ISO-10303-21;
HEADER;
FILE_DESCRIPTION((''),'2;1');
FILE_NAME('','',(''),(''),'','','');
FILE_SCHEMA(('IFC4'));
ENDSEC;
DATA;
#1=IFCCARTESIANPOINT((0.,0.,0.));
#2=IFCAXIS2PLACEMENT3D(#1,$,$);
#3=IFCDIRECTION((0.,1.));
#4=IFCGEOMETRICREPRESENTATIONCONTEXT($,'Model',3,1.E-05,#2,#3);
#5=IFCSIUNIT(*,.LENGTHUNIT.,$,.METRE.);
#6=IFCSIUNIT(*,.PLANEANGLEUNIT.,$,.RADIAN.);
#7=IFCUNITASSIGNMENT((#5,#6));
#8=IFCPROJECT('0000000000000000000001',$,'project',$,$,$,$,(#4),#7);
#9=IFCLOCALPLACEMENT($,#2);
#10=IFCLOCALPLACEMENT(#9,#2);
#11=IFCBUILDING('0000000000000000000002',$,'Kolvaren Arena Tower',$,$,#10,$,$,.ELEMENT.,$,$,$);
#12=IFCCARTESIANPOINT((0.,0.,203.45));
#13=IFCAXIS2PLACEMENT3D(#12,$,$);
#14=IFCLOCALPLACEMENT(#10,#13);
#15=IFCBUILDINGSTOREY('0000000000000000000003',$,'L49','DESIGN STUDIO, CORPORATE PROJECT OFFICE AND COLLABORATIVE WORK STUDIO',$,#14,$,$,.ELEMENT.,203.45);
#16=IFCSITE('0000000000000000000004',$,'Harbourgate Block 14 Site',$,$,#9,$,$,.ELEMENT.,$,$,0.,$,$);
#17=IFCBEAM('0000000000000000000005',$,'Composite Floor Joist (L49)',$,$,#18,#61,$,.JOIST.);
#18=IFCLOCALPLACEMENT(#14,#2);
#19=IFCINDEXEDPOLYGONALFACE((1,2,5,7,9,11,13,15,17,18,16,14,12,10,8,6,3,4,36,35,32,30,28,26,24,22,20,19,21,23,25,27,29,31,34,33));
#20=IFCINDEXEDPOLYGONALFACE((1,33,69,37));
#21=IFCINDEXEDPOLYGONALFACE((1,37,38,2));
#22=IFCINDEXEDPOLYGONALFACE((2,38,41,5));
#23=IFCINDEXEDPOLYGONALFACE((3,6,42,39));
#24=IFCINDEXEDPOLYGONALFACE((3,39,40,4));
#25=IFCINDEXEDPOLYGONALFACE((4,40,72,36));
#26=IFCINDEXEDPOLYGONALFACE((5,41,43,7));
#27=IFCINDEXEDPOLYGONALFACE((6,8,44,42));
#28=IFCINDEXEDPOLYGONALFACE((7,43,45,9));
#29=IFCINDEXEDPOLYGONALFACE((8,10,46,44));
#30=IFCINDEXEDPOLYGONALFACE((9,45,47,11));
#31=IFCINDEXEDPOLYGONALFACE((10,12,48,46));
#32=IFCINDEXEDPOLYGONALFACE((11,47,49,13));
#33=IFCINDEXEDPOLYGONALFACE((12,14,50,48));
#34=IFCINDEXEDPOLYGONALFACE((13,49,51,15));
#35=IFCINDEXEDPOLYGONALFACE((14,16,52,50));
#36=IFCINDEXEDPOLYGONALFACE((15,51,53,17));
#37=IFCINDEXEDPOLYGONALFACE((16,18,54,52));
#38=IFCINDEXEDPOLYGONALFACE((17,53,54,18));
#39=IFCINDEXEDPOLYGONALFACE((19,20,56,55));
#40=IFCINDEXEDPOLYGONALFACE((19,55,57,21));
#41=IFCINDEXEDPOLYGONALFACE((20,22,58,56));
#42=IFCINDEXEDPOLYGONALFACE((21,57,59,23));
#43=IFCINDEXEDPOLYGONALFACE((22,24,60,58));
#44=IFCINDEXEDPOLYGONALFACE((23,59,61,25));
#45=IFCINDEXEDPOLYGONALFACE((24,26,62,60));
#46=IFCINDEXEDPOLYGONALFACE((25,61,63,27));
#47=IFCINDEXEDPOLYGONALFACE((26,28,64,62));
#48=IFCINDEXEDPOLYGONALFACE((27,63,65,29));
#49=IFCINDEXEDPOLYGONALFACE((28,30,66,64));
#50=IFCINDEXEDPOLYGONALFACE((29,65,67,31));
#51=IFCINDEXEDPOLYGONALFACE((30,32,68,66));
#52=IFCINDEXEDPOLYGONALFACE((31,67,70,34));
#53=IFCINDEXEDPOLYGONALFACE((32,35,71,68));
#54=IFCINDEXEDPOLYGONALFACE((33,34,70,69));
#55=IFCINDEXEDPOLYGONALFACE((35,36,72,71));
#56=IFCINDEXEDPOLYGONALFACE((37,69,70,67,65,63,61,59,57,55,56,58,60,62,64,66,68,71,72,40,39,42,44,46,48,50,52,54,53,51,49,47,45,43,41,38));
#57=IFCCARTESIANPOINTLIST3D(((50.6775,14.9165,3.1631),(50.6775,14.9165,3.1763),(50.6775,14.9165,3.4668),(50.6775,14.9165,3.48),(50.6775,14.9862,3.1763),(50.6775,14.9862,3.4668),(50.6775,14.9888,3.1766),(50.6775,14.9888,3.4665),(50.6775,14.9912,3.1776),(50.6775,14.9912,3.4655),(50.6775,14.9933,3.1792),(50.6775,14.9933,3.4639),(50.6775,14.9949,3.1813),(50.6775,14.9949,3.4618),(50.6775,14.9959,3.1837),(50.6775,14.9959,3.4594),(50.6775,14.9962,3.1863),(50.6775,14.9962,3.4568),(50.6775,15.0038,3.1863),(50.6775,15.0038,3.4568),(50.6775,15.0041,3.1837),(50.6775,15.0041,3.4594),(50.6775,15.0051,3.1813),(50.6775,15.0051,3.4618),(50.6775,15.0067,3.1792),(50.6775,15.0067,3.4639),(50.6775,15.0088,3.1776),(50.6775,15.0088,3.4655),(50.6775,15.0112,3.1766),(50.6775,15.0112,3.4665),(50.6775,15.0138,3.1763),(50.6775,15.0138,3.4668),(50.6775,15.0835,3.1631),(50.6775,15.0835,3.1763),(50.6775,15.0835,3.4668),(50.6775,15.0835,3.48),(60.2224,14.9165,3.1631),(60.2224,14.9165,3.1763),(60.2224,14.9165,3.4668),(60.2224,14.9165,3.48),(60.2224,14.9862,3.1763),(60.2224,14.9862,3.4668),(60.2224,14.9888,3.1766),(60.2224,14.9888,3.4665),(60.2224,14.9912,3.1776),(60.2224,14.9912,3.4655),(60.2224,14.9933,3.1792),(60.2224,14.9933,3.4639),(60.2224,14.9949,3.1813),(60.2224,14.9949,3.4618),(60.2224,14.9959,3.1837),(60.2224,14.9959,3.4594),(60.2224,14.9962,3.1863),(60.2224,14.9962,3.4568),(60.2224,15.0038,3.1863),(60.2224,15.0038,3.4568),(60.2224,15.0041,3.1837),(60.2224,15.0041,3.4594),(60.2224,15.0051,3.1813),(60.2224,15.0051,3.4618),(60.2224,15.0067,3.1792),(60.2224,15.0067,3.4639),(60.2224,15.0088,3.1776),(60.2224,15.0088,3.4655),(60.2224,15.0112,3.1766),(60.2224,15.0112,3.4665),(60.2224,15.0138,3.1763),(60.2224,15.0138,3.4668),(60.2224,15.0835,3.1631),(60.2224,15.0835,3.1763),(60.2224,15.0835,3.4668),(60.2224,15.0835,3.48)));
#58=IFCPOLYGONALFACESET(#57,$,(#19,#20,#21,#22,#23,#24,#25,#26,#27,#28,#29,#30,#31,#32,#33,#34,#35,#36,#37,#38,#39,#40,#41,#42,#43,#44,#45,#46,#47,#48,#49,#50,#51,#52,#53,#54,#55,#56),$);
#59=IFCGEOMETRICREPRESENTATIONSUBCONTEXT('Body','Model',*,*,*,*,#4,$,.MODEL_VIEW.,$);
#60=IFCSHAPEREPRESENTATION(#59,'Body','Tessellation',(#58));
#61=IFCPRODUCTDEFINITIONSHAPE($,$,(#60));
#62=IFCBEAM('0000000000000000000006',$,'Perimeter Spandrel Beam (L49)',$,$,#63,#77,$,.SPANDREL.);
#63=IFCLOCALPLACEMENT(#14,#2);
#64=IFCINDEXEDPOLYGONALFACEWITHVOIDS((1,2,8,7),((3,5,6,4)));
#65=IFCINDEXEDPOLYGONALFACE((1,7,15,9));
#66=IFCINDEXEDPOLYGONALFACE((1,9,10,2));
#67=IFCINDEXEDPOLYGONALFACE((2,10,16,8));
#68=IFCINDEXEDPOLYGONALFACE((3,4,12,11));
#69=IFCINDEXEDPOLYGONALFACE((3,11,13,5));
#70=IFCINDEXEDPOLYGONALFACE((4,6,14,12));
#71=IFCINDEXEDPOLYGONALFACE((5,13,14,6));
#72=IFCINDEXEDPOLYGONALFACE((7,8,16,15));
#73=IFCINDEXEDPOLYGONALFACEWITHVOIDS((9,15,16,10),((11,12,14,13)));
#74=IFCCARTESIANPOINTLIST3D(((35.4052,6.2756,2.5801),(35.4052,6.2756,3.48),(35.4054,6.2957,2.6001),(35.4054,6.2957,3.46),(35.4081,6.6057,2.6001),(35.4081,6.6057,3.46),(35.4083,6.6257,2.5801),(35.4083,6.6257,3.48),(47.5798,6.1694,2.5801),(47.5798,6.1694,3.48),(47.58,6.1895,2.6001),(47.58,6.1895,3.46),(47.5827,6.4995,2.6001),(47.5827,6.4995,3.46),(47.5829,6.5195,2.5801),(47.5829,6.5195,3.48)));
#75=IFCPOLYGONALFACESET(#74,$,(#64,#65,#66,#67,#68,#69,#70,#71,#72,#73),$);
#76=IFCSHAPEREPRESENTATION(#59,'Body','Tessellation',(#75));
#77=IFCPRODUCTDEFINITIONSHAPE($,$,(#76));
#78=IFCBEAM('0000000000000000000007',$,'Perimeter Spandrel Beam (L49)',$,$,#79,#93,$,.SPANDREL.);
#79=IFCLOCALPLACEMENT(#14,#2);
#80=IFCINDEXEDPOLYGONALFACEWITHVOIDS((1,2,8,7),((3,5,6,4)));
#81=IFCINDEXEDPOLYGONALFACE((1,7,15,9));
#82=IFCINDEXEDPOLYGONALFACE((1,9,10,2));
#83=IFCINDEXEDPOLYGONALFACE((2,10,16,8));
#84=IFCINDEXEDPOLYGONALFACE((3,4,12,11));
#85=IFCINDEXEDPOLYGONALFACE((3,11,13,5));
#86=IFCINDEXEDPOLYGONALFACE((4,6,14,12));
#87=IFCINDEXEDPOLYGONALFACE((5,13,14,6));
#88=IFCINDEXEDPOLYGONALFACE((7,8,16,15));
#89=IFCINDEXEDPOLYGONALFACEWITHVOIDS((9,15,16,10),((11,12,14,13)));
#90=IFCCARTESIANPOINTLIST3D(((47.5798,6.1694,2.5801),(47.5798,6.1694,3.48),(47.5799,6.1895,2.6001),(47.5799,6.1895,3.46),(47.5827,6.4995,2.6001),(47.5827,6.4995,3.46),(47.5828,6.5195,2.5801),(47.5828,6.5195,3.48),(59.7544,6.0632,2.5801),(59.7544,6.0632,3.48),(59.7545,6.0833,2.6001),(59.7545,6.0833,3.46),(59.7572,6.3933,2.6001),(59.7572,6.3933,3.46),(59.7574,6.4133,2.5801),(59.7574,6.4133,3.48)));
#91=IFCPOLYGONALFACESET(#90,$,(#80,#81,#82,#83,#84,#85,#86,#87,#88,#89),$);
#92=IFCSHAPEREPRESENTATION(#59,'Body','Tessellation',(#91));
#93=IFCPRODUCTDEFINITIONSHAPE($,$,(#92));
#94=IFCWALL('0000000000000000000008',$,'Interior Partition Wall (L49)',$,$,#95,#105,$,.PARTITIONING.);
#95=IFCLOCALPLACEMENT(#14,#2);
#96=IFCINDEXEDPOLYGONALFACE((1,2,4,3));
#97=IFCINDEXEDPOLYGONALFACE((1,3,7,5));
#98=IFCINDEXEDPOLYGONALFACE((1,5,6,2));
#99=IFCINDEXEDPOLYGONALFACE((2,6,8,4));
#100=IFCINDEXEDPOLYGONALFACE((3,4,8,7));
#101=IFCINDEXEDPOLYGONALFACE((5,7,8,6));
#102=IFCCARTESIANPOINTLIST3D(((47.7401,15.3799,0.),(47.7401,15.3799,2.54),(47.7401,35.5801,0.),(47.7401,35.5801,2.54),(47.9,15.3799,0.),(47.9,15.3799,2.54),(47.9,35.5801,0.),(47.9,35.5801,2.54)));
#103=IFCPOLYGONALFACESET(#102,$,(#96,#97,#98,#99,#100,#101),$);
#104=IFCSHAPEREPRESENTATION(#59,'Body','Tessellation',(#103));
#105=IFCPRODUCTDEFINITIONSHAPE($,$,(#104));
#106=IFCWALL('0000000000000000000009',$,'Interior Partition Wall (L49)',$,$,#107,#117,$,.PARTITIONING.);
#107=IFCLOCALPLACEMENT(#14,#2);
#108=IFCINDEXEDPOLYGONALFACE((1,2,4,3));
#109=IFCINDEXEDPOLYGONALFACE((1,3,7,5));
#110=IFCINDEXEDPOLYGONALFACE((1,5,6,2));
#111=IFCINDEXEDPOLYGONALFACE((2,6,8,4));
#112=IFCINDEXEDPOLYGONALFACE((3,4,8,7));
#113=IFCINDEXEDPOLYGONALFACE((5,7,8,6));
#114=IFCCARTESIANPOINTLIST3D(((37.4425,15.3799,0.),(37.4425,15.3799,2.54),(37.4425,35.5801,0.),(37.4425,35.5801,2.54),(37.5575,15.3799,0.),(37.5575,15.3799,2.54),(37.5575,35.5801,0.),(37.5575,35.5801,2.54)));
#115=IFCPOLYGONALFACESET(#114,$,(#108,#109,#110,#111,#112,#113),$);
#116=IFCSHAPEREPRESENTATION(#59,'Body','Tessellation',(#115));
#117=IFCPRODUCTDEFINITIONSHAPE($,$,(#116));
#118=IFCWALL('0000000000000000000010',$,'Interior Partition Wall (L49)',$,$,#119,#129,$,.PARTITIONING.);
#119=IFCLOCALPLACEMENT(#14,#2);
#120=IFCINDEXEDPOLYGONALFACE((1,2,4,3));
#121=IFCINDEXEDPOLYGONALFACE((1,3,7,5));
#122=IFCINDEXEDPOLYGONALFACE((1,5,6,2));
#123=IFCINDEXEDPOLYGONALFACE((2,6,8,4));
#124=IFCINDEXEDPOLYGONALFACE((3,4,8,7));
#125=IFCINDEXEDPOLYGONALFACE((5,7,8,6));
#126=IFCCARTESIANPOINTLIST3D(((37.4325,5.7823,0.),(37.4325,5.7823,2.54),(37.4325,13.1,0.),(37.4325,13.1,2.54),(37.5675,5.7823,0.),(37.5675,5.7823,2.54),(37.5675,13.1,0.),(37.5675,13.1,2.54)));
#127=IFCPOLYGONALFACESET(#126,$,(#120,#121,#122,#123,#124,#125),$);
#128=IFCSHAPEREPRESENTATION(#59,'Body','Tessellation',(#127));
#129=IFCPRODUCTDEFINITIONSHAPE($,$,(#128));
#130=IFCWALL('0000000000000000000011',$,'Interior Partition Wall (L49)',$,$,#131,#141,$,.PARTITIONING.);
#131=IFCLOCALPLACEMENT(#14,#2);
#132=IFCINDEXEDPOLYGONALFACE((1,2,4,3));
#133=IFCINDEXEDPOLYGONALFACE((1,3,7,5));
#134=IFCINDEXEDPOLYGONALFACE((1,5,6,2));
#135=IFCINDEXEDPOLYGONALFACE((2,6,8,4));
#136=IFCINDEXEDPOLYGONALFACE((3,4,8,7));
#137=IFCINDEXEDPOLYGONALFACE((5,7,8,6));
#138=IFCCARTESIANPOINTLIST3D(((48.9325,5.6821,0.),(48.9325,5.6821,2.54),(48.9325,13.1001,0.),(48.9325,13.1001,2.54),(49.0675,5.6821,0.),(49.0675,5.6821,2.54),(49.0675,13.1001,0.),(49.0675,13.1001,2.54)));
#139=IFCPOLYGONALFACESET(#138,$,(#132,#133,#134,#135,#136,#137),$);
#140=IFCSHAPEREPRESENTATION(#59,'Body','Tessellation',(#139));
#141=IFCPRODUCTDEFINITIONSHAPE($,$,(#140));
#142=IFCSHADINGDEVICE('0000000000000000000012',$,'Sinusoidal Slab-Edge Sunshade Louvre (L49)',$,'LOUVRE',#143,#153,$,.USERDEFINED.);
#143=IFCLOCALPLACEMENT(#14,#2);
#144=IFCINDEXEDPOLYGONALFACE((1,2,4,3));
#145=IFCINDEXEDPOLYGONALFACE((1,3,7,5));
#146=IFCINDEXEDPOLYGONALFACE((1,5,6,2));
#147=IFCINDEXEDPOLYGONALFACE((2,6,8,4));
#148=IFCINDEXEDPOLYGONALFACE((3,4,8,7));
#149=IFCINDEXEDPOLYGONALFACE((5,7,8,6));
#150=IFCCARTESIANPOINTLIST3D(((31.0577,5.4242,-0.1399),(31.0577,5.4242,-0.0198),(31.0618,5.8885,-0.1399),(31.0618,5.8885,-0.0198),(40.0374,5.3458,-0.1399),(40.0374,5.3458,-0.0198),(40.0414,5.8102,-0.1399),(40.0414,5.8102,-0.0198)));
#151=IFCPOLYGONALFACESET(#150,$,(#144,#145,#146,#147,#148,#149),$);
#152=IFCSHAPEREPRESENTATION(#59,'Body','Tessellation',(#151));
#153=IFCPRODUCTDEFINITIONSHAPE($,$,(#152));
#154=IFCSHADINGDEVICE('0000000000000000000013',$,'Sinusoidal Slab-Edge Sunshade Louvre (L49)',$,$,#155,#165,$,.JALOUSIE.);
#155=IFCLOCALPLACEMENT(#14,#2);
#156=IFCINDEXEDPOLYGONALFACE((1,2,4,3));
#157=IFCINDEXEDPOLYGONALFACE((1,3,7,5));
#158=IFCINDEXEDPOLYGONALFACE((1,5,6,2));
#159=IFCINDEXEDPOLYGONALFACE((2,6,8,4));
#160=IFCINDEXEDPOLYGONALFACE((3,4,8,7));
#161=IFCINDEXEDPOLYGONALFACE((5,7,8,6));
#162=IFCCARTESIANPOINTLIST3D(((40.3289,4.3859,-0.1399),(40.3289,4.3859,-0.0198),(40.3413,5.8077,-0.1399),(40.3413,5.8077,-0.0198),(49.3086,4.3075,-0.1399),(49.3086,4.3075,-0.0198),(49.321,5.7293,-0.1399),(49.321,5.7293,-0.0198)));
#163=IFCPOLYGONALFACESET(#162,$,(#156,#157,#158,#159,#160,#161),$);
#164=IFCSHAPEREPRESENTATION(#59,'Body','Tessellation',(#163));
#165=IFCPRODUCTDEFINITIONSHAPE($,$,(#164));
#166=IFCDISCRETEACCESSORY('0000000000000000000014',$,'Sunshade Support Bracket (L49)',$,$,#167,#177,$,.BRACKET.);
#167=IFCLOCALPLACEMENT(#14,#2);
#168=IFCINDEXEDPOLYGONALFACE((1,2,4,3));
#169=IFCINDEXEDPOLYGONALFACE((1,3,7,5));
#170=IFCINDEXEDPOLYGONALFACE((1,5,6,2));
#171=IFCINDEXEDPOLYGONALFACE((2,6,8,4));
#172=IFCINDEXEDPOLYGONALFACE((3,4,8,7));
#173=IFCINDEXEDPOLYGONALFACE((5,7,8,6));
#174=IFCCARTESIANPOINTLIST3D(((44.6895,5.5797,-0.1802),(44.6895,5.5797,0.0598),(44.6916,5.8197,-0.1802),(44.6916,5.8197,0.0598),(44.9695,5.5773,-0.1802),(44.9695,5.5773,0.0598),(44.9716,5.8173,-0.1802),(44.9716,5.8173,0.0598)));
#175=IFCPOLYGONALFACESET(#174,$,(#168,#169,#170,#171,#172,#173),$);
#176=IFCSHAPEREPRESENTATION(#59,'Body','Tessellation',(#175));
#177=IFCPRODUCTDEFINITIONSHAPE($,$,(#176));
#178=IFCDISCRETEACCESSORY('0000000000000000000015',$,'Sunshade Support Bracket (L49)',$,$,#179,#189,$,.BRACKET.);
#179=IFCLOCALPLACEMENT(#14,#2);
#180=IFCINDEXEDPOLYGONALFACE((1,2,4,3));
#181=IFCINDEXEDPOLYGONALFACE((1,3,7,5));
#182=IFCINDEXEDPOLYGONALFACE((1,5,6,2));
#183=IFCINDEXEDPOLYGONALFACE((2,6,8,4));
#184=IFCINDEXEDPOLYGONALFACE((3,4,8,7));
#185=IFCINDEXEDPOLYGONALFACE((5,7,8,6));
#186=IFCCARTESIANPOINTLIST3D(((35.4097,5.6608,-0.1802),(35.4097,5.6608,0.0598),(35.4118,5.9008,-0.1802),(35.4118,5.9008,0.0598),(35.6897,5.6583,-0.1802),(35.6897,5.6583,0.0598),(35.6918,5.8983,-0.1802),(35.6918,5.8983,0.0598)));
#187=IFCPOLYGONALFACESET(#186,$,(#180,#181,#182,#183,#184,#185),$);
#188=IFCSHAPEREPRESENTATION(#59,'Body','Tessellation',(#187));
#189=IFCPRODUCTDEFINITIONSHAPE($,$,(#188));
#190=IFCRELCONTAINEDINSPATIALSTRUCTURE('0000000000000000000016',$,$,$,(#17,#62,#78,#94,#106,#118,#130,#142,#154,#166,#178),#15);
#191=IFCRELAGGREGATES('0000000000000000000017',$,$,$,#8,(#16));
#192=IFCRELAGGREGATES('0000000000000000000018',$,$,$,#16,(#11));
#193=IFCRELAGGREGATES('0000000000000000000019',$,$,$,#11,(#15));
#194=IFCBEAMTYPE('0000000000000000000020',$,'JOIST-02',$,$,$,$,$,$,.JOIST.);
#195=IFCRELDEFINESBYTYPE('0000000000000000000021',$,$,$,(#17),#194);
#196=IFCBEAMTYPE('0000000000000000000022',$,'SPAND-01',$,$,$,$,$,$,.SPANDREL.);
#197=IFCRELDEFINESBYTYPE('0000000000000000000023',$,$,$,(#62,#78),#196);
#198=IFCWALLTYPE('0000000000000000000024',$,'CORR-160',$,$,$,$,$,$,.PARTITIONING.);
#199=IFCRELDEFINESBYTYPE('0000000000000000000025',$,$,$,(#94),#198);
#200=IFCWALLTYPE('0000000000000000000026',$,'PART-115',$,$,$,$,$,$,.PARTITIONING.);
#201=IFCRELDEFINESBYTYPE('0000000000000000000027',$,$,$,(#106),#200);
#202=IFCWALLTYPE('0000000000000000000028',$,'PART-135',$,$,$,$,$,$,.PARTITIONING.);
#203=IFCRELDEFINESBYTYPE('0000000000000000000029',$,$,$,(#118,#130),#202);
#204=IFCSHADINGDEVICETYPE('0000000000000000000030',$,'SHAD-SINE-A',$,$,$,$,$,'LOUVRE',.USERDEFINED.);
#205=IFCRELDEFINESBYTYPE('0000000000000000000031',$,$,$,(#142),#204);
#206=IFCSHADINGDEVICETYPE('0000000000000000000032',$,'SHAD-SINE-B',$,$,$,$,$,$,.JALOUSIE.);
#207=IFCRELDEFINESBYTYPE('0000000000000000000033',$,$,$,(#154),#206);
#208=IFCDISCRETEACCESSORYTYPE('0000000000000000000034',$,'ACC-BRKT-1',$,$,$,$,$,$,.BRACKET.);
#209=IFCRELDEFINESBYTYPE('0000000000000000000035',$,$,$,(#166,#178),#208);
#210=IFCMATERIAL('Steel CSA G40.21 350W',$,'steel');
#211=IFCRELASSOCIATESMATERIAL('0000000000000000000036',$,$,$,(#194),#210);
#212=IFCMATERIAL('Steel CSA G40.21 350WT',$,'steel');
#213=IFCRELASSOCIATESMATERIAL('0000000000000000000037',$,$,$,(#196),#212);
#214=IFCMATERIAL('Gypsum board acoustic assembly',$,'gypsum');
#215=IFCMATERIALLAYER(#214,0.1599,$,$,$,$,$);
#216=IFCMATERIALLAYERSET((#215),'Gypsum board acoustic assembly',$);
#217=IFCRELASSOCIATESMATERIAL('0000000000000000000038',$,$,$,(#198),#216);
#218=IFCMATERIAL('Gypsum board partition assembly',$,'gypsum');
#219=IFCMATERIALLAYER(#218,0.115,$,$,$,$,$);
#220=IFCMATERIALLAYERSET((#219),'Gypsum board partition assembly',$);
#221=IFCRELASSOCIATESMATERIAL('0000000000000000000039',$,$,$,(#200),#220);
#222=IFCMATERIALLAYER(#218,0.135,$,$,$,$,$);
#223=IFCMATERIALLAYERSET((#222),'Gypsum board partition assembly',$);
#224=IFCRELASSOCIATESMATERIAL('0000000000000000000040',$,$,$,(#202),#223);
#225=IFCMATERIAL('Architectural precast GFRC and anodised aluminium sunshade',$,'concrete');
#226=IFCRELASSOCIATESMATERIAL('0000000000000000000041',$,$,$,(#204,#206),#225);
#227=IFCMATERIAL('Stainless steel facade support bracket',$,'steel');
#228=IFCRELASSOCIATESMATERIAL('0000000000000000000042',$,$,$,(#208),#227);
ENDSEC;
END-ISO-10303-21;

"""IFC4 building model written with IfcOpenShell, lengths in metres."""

from ifc_helpers import new_model, si_unit, direction, frame, frame_2d, origin, origin_2d, place, context, subcontext, project, spatial, rectangle, hollow_rectangle, i_section, extrude, material, layer, layer_set, material_profile, profile_set, type_object, element, save


model = new_model("IFC4")

# Units and contexts
model_context = context("Model", 3, precision=1e-05, world=origin(), true_north=direction((0.0, 1.0)))
body_context = subcontext(model_context, "Body", "Model", "MODEL_VIEW")
ifc_project = project(units=[si_unit("LENGTHUNIT", "METRE"), si_unit("PLANEANGLEUNIT", "RADIAN")], contexts=[model_context])

# Site, building, storey
site_placement = place(None, origin())
site = spatial("IfcSite", under=ifc_project, at=site_placement, Name="Harbourgate Block 14 Site", CompositionType="ELEMENT", RefElevation=0.0)
building_placement = place(site_placement, origin())
building = spatial("IfcBuilding", under=site, at=building_placement, Name="Kolvaren Arena Tower", CompositionType="ELEMENT")
storey_placement = place(building_placement, frame((0.0, 0.0, 203.45)))
storey = spatial("IfcBuildingStorey", under=building, at=storey_placement, Name="L49", Description="DESIGN STUDIO, CORPORATE PROJECT OFFICE AND COLLABORATIVE WORK STUDIO", CompositionType="ELEMENT", Elevation=203.45)

# Beams
ifc_material_1 = material(Name="Steel CSA G40.21 350W", Category="steel")
ifc_material_profile_1 = material_profile(ifc_material_1, i_section(OverallWidth=0.167, OverallDepth=0.3169, WebThickness=0.0076, FlangeThickness=0.0132, FilletRadius=0.01, at=origin_2d()), Name="W310x52")
ifc_profile_set_1 = profile_set([ifc_material_profile_1], Name="Steel CSA G40.21 350W")
beam_type_1 = type_object("IfcBeamType", Name="JOIST-02", PredefinedType="JOIST", material=ifc_profile_set_1)
beam_1_placement = place(storey_placement, frame((50.6775, 15.0, 3.3215), z_axis=(1.0, 0.0, 0.0), x_axis=(0.0, 1.0, 0.0)))
element("IfcBeam", 1, at=beam_1_placement, inside=storey, type_object=beam_type_1, Name="Composite Floor Joist (L49)", PredefinedType="JOIST", context=body_context, shape_type="SweptSolid", body=[
    extrude(i_section(OverallWidth=0.167, OverallDepth=0.3169, WebThickness=0.0076, FlangeThickness=0.0132, FilletRadius=0.01, at=origin_2d()), origin(), (0.0, 0.0, 1.0), 9.5449),
])
ifc_material_2 = material(Name="Steel CSA G40.21 350WT", Category="steel")
ifc_material_profile_2 = material_profile(ifc_material_2, hollow_rectangle(XDim=0.3501, YDim=0.8999, WallThickness=0.02, at=origin_2d()), Name="HSS 900x350x20")
ifc_profile_set_2 = profile_set([ifc_material_profile_2], Name="Steel CSA G40.21 350WT")
beam_type_2 = type_object("IfcBeamType", Name="SPAND-01", PredefinedType="SPANDREL", material=ifc_profile_set_2)
for number, where, z_axis, x_axis, name in (
    (2, (35.4067, 6.4507, 3.03), (0.999962, -0.008723, 0.0), (0.008723, 0.999962, 0.0), "Perimeter Spandrel Beam (L49)"),
    (3, (47.5813, 6.3445, 3.03), (0.999962, -0.008723, 0.0), (0.008723, 0.999962, 0.0), "Perimeter Spandrel Beam (L49)"),
):
    element("IfcBeam", number, at=place(storey_placement, frame(where, z_axis=z_axis, x_axis=x_axis)), inside=storey, type_object=beam_type_2, Name=name, PredefinedType="SPANDREL", context=body_context, shape_type="SweptSolid", body=[
        extrude(hollow_rectangle(XDim=0.3501, YDim=0.8999, WallThickness=0.02, at=origin_2d()), origin(), (0.0, 0.0, 1.0), 12.175),
    ])

# Walls
ifc_material_3 = material(Name="Gypsum board acoustic assembly", Category="gypsum")
ifc_layer_1 = layer(ifc_material_3, 0.1599)
ifc_layer_set_1 = layer_set([ifc_layer_1], Name="Gypsum board acoustic assembly")
wall_type_1 = type_object("IfcWallType", Name="CORR-160", PredefinedType="PARTITIONING", material=ifc_layer_set_1)
wall_1_placement = place(storey_placement, frame((47.8201, 15.3799, 0.0), z_axis=(0.0, 0.0, 1.0), x_axis=(0.0, 1.0, 0.0)))
element("IfcWall", 4, at=wall_1_placement, inside=storey, type_object=wall_type_1, Name="Interior Partition Wall (L49)", PredefinedType="PARTITIONING", context=body_context, shape_type="SweptSolid", body=[
    extrude(rectangle(XDim=20.2002, YDim=0.1599, at=frame_2d((10.1001, 0.0))), origin(), (0.0, 0.0, 1.0), 2.54),
])
ifc_material_4 = material(Name="Gypsum board partition assembly", Category="gypsum")
ifc_layer_2 = layer(ifc_material_4, 0.115)
ifc_layer_set_2 = layer_set([ifc_layer_2], Name="Gypsum board partition assembly")
wall_type_2 = type_object("IfcWallType", Name="PART-115", PredefinedType="PARTITIONING", material=ifc_layer_set_2)
wall_2_placement = place(storey_placement, frame((37.5, 15.3799, 0.0), z_axis=(0.0, 0.0, 1.0), x_axis=(0.0, 1.0, 0.0)))
element("IfcWall", 5, at=wall_2_placement, inside=storey, type_object=wall_type_2, Name="Interior Partition Wall (L49)", PredefinedType="PARTITIONING", context=body_context, shape_type="SweptSolid", body=[
    extrude(rectangle(XDim=20.2002, YDim=0.115, at=frame_2d((10.1001, 0.0))), origin(), (0.0, 0.0, 1.0), 2.54),
])
ifc_layer_3 = layer(ifc_material_4, 0.135)
ifc_layer_set_3 = layer_set([ifc_layer_3], Name="Gypsum board partition assembly")
wall_type_3 = type_object("IfcWallType", Name="PART-135", PredefinedType="PARTITIONING", material=ifc_layer_set_3)
wall_3_placement = place(storey_placement, frame((37.5, 5.7825, 0.0), z_axis=(0.0, 0.0, 1.0), x_axis=(0.0, 1.0, 0.0)))
element("IfcWall", 6, at=wall_3_placement, inside=storey, type_object=wall_type_3, Name="Interior Partition Wall (L49)", PredefinedType="PARTITIONING", context=body_context, shape_type="SweptSolid", body=[
    extrude(rectangle(XDim=7.3176, YDim=0.135, at=frame_2d((3.6587, 0.0))), origin(), (0.0, 0.0, 1.0), 2.54),
])
wall_4_placement = place(storey_placement, frame((49.0, 5.6821, 0.0), z_axis=(0.0, 0.0, 1.0), x_axis=(0.0, 1.0, 0.0)))
element("IfcWall", 7, at=wall_4_placement, inside=storey, type_object=wall_type_3, Name="Interior Partition Wall (L49)", PredefinedType="PARTITIONING", context=body_context, shape_type="SweptSolid", body=[
    extrude(rectangle(XDim=7.418, YDim=0.135, at=frame_2d((3.709, 0.0))), origin(), (0.0, 0.0, 1.0), 2.54),
])

# Shading devices
ifc_material_5 = material(Name="Architectural precast GFRC and anodised aluminium sunshade", Category="concrete")
shading_device_type_1 = type_object("IfcShadingDeviceType", Name="SHAD-SINE-A", ElementType="LOUVRE", PredefinedType="USERDEFINED", material=ifc_material_5)
shading_device_1_placement = place(storey_placement, frame((35.5496, 5.6172, -0.1399), z_axis=(0.0, 0.0, 1.0), x_axis=(-0.999962, 0.008727, 0.0)))
element("IfcShadingDevice", 8, at=shading_device_1_placement, inside=storey, type_object=shading_device_type_1, Name="Sinusoidal Slab-Edge Sunshade Louvre (L49)", ObjectType="LOUVRE", PredefinedType="USERDEFINED", context=body_context, shape_type="SweptSolid", body=[
    extrude(rectangle(XDim=8.98, YDim=0.4644, at=origin_2d()), origin(), (0.0, 0.0, 1.0), 0.1201),
])
shading_device_type_2 = type_object("IfcShadingDeviceType", Name="SHAD-SINE-B", PredefinedType="JALOUSIE", material=ifc_material_5)
shading_device_2_placement = place(storey_placement, frame((44.825, 5.0576, -0.1399), z_axis=(0.0, 0.0, 1.0), x_axis=(-0.999962, 0.008727, 0.0)))
element("IfcShadingDevice", 9, at=shading_device_2_placement, inside=storey, type_object=shading_device_type_2, Name="Sinusoidal Slab-Edge Sunshade Louvre (L49)", PredefinedType="JALOUSIE", context=body_context, shape_type="SweptSolid", body=[
    extrude(rectangle(XDim=8.98, YDim=1.4219, at=origin_2d()), origin(), (0.0, 0.0, 1.0), 0.1201),
])

# Discrete accessories
ifc_material_6 = material(Name="Stainless steel facade support bracket", Category="steel")
discrete_accessory_type = type_object("IfcDiscreteAccessoryType", Name="ACC-BRKT-1", PredefinedType="BRACKET", material=ifc_material_6)
for number, where, z_axis, x_axis, name in (
    (10, (44.8306, 5.6985, -0.1802), (0.0, 0.0, 1.0), (-0.999962, 0.008727, 0.0), "Sunshade Support Bracket (L49)"),
    (11, (35.5508, 5.7795, -0.1802), (0.0, 0.0, 1.0), (-0.999962, 0.008727, 0.0), "Sunshade Support Bracket (L49)"),
):
    element("IfcDiscreteAccessory", number, at=place(storey_placement, frame(where, z_axis=z_axis, x_axis=x_axis)), inside=storey, type_object=discrete_accessory_type, Name=name, PredefinedType="BRACKET", context=body_context, shape_type="SweptSolid", body=[
        extrude(rectangle(XDim=0.28, YDim=0.24, at=origin_2d()), origin(), (0.0, 0.0, 1.0), 0.24),
    ])

save(model, "model.ifc")
